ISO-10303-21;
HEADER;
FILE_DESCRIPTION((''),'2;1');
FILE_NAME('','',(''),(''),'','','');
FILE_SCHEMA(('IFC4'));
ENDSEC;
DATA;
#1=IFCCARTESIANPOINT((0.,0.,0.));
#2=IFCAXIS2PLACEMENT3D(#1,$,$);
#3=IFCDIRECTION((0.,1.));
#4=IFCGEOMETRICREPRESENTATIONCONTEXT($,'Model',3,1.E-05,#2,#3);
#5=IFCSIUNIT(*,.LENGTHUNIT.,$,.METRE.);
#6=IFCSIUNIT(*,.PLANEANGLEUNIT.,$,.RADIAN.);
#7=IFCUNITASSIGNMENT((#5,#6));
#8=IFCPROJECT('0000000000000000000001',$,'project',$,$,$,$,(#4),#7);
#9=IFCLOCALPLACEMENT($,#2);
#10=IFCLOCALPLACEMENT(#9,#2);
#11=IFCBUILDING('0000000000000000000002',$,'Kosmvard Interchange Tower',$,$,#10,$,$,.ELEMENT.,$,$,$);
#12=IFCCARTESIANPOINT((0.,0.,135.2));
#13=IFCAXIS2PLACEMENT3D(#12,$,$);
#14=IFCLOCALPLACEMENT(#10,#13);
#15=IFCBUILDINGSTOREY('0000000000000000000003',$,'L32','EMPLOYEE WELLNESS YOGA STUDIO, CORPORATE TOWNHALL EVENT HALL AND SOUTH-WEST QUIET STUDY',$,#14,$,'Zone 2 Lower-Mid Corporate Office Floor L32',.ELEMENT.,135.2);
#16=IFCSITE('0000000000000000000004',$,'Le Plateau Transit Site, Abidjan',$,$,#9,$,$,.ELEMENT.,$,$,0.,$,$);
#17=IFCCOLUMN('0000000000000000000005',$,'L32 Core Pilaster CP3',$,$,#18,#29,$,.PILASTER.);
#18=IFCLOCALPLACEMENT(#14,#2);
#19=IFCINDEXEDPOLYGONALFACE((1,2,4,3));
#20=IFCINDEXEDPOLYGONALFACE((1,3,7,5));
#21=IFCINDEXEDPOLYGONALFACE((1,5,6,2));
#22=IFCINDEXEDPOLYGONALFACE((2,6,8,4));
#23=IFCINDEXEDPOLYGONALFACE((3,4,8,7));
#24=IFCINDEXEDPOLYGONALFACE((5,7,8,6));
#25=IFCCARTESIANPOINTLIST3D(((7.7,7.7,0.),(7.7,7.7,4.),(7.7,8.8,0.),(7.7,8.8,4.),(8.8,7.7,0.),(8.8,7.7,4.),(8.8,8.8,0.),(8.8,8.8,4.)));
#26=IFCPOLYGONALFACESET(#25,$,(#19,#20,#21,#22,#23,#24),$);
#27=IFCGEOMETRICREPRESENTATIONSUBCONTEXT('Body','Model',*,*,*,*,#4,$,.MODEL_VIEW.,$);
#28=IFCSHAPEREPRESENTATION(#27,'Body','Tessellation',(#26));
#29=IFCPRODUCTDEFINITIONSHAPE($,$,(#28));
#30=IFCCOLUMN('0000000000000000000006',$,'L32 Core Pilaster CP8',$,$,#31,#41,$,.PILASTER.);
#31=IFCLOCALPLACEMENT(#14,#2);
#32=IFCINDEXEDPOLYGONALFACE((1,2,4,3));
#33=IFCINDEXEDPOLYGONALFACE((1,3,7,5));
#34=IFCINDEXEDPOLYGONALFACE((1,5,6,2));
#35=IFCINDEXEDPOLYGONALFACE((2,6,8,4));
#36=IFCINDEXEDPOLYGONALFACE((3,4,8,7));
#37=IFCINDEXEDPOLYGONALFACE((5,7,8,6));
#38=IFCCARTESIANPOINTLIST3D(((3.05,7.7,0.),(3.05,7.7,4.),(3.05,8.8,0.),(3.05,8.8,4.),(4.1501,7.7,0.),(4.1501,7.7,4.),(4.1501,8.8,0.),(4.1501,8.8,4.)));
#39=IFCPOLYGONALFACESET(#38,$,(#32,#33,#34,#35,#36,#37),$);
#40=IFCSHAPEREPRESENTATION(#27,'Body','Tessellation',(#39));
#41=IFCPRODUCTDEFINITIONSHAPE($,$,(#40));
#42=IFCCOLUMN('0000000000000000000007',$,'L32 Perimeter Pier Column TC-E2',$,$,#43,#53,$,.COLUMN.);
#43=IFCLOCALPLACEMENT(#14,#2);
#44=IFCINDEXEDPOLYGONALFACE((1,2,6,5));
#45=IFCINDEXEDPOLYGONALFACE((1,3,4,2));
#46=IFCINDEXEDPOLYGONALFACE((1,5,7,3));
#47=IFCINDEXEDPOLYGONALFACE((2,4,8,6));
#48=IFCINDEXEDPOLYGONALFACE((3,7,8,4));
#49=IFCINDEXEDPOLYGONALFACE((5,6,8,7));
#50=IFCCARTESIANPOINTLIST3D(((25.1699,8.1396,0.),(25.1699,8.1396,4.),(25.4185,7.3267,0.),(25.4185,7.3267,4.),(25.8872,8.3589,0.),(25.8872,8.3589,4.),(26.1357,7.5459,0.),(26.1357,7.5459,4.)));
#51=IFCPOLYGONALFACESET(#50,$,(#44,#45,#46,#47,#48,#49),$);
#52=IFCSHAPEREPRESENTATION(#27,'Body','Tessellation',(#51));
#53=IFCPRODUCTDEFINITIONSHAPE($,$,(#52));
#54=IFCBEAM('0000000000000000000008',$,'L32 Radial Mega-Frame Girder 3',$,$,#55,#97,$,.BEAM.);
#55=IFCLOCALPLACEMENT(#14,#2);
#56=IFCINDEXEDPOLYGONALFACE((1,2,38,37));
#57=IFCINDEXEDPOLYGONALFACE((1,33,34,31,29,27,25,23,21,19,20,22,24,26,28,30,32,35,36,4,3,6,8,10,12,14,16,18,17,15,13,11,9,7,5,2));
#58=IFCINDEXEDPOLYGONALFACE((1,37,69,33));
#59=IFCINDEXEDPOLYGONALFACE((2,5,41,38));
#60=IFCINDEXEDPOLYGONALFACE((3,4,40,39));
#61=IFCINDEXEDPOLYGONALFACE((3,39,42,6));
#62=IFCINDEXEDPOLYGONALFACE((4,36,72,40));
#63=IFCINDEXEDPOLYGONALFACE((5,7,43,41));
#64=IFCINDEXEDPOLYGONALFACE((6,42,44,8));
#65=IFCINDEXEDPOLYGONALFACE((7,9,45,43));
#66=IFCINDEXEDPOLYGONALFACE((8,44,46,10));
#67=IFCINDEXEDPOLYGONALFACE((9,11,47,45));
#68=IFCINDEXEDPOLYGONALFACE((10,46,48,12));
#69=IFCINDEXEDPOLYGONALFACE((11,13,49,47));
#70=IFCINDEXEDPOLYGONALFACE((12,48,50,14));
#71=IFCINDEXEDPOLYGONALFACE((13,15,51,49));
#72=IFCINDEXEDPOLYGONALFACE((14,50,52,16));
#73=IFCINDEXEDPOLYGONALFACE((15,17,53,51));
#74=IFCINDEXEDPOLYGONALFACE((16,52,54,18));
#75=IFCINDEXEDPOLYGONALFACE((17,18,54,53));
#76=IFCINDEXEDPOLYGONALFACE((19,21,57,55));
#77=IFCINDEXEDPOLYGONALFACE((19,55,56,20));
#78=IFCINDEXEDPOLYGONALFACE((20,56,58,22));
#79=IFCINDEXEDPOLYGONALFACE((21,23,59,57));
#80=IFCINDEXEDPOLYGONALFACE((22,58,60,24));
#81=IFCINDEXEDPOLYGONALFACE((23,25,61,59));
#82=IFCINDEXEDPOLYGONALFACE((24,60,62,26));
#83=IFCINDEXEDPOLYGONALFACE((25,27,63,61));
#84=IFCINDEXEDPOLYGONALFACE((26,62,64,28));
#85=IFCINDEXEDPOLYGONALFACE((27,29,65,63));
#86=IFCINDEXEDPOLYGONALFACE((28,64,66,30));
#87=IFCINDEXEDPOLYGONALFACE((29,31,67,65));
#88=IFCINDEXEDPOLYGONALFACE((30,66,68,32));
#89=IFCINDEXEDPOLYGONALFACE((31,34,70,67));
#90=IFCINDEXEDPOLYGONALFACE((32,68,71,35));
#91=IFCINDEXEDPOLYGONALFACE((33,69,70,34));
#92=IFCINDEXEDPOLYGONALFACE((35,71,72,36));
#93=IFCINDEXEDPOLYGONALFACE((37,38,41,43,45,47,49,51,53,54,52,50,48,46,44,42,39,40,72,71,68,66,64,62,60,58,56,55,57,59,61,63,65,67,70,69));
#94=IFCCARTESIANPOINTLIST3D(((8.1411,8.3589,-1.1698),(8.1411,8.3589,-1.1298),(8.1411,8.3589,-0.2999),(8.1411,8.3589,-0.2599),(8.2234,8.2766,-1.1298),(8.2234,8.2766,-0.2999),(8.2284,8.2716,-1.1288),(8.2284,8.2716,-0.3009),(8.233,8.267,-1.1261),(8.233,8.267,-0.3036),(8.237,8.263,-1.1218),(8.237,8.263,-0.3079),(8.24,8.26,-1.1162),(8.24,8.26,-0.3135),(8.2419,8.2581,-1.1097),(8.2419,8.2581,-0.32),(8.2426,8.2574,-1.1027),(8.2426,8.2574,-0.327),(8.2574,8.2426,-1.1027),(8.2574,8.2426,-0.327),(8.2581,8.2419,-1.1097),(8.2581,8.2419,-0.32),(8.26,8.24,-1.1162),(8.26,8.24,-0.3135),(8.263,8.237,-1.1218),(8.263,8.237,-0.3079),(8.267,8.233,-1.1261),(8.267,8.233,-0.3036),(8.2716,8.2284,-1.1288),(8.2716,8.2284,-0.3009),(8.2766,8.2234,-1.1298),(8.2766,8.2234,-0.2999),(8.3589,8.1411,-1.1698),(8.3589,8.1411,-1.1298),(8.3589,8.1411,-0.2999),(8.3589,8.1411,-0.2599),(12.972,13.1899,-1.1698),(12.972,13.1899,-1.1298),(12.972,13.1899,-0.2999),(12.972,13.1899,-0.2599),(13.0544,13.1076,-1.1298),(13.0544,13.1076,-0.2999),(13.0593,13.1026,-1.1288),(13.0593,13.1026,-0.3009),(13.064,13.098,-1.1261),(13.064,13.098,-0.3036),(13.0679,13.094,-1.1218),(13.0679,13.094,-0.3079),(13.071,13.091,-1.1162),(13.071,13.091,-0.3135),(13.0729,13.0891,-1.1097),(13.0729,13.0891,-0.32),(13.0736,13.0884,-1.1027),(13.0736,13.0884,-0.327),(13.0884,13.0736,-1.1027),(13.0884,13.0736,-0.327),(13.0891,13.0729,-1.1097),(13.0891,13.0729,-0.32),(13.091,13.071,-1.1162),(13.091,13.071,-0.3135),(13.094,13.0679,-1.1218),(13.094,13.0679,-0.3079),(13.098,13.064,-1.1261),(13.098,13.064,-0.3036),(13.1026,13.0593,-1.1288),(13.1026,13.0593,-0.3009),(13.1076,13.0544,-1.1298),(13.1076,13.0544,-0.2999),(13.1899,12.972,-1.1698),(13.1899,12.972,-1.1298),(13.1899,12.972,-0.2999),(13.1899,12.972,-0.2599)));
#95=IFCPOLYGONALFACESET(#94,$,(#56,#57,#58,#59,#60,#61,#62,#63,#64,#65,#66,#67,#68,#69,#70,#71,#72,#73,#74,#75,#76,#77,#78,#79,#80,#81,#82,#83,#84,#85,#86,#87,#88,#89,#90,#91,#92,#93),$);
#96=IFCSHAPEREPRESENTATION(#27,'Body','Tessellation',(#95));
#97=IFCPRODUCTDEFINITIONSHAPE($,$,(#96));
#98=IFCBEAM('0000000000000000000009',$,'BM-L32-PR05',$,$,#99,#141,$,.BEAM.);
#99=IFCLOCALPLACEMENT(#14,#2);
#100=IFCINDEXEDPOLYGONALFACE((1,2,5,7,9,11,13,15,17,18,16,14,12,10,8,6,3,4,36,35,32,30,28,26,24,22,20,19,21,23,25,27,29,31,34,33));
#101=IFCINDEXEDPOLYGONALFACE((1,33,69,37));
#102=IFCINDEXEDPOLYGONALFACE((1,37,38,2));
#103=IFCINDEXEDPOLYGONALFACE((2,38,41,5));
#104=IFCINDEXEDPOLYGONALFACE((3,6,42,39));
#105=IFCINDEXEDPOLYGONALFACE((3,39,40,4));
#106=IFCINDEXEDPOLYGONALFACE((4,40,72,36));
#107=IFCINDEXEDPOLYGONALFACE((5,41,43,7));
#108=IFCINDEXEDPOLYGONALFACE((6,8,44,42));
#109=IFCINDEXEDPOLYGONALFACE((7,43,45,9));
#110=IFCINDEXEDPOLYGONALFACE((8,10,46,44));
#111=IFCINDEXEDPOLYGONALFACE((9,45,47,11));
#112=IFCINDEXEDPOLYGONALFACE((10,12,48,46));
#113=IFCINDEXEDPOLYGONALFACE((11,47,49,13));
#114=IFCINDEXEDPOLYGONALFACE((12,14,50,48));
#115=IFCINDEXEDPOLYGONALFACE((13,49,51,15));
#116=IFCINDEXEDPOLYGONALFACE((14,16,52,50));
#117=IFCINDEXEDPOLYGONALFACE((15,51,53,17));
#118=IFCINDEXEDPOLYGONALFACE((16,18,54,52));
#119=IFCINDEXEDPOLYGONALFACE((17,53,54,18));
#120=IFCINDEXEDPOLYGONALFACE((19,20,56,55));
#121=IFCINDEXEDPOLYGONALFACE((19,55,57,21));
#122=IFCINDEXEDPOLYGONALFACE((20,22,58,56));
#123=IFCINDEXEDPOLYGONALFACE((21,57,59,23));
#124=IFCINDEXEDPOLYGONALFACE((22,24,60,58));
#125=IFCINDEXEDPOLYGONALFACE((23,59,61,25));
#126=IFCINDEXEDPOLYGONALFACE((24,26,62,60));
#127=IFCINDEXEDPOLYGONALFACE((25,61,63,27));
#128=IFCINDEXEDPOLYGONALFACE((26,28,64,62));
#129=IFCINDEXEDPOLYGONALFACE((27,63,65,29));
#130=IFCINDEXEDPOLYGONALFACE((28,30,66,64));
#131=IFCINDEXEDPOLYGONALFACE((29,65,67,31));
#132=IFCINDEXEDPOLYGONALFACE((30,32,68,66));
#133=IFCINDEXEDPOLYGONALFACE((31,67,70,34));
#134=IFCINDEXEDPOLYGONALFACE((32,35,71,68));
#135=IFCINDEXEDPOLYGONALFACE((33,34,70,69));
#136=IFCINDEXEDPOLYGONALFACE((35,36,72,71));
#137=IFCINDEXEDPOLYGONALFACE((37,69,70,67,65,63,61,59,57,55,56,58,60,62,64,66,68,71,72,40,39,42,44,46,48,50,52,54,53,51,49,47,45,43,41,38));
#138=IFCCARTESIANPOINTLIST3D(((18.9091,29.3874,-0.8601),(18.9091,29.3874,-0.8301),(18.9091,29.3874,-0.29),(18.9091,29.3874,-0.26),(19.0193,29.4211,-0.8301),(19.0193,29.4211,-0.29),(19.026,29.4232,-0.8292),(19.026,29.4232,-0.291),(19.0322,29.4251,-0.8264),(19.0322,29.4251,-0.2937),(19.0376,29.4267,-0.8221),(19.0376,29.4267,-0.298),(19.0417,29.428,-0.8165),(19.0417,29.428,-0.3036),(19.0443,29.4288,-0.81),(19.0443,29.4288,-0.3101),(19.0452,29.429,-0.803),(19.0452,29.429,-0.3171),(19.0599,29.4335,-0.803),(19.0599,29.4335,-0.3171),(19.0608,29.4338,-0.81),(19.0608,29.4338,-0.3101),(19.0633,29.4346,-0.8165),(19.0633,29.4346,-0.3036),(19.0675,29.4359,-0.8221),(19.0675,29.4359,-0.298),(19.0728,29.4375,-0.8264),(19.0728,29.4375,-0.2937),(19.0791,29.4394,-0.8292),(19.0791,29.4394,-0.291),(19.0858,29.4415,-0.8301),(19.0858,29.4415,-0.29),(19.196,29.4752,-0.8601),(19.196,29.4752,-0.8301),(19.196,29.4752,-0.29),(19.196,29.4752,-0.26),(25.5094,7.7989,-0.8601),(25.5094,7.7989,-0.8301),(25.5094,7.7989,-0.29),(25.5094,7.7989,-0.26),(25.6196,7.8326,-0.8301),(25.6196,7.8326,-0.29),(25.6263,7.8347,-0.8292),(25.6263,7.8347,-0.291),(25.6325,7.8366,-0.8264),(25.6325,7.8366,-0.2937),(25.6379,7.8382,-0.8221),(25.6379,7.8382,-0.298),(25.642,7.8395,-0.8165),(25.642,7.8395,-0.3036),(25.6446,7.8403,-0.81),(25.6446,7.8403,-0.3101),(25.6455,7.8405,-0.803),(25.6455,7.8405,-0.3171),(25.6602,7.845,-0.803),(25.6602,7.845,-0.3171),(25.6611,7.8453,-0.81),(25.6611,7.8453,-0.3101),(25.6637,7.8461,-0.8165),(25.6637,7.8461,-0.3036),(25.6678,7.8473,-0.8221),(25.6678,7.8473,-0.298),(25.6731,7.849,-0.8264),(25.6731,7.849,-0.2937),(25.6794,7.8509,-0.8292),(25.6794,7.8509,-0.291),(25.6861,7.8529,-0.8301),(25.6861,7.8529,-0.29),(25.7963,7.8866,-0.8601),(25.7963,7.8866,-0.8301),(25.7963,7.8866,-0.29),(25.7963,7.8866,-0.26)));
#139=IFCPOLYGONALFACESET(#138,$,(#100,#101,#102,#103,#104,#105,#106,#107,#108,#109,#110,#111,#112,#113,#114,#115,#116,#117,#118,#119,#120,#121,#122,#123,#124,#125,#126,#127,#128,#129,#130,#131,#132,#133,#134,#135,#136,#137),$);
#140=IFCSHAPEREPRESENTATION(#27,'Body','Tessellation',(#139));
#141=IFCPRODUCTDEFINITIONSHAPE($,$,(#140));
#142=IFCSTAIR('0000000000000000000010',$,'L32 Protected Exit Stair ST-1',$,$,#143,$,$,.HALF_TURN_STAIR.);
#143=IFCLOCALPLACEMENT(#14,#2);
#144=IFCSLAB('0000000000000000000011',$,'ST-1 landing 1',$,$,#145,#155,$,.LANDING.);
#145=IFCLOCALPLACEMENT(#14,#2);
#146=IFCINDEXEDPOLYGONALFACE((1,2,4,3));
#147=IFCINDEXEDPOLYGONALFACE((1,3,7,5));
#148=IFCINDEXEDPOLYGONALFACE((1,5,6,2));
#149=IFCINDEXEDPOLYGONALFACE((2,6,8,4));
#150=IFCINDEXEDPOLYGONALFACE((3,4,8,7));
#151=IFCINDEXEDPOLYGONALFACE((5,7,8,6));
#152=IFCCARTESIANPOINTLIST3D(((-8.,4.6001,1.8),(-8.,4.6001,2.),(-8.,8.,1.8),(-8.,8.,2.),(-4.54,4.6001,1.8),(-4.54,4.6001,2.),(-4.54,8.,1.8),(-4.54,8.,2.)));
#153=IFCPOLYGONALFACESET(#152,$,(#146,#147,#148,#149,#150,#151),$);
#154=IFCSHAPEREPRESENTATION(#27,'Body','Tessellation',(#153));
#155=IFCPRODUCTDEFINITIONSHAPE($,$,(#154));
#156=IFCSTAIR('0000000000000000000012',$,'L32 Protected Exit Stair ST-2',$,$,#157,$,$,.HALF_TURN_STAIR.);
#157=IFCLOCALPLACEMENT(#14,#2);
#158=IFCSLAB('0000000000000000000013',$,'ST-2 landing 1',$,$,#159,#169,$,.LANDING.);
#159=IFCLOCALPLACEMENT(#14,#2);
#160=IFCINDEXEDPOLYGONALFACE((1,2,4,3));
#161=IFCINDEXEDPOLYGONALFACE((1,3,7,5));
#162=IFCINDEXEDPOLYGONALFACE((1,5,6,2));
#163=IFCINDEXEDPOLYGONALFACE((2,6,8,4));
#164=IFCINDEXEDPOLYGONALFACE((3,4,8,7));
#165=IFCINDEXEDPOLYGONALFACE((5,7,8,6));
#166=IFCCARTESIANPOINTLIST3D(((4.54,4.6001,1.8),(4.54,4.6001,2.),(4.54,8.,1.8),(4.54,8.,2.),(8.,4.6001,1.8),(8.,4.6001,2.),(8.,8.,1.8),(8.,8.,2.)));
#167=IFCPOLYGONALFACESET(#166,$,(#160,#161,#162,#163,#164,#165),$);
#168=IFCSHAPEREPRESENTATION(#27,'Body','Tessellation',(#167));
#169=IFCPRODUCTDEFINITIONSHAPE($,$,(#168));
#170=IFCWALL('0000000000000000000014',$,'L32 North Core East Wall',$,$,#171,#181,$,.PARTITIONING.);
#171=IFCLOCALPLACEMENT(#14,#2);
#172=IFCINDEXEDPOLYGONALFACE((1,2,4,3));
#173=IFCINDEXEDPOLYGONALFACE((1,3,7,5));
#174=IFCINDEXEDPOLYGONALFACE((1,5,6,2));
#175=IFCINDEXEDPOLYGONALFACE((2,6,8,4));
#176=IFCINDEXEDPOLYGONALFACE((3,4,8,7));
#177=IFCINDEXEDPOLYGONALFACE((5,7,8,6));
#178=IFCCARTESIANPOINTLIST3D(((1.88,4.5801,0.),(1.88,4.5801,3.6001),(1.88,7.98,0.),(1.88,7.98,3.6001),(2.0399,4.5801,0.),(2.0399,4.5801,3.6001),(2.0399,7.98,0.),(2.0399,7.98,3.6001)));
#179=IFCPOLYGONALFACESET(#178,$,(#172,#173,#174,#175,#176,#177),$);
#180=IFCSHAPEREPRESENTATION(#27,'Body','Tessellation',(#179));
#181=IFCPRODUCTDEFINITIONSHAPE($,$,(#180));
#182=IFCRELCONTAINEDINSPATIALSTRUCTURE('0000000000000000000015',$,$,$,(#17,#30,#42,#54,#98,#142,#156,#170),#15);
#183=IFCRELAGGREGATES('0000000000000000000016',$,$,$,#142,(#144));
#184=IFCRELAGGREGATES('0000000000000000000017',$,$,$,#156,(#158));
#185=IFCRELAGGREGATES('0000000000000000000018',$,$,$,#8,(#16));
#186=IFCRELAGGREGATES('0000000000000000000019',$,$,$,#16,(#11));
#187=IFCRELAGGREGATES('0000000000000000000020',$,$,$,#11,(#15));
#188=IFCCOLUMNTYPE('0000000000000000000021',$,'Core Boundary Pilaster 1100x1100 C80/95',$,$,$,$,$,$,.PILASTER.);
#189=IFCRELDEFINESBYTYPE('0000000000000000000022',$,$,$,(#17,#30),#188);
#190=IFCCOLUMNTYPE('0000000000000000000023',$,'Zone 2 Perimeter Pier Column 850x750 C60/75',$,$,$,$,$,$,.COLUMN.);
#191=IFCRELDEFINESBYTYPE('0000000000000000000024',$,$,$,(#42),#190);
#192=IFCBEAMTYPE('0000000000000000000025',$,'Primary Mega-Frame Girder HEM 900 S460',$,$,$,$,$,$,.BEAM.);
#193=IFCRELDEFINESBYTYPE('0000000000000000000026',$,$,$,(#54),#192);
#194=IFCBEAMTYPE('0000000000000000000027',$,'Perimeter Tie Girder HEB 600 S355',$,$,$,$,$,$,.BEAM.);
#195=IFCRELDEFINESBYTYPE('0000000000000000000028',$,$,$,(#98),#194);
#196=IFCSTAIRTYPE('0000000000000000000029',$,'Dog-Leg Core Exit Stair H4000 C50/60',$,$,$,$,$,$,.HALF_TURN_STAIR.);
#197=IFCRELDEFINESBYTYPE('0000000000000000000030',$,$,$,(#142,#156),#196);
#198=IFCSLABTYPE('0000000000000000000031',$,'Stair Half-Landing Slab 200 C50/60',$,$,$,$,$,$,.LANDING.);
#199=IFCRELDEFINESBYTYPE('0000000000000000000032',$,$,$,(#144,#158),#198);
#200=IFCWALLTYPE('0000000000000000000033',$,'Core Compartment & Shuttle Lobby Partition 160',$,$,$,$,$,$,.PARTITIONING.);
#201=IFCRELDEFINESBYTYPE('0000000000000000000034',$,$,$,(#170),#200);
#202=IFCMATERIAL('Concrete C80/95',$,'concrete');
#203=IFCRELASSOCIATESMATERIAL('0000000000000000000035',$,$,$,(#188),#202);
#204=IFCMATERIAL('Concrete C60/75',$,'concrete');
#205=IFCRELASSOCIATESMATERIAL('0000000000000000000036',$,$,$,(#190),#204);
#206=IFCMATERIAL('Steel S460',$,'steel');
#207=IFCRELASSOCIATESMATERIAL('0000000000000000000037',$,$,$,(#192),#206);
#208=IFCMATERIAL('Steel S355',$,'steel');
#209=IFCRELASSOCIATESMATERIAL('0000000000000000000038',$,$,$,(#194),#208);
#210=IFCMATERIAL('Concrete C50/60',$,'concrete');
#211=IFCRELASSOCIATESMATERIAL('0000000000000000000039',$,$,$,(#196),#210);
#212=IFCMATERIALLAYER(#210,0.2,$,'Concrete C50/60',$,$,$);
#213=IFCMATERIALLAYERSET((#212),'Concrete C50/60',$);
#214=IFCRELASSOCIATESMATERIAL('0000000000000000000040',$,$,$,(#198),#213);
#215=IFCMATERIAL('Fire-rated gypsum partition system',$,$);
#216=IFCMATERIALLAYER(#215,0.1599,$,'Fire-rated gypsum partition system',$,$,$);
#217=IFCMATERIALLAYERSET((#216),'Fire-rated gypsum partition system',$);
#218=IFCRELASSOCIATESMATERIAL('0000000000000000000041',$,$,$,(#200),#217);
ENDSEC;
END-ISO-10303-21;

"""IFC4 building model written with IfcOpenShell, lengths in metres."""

from ifc_helpers import new_model, si_unit, direction, frame, frame_2d, origin, origin_2d, place, context, subcontext, project, spatial, polyline, rectangle, i_section, outline, extrude, source, transform, mapped, material, layer, layer_set, material_profile, profile_set, type_object, element, aggregate, save


model = new_model("IFC4")

# Units and contexts
model_context = context("Model", 3, precision=1e-05, world=origin(), true_north=direction((0.0, 1.0)))
body_context = subcontext(model_context, "Body", "Model", "MODEL_VIEW")
ifc_project = project(units=[si_unit("LENGTHUNIT", "METRE"), si_unit("PLANEANGLEUNIT", "RADIAN")], contexts=[model_context])

# Site, building, storey
site_placement = place(None, origin())
site = spatial("IfcSite", under=ifc_project, at=site_placement, Name="Le Plateau Transit Site, Abidjan", CompositionType="ELEMENT", RefElevation=0.0)
building_placement = place(site_placement, origin())
building = spatial("IfcBuilding", under=site, at=building_placement, Name="Kosmvard Interchange Tower", CompositionType="ELEMENT")
storey_placement = place(building_placement, frame((0.0, 0.0, 135.2)))
storey = spatial("IfcBuildingStorey", under=building, at=storey_placement, Name="L32", Description="EMPLOYEE WELLNESS YOGA STUDIO, CORPORATE TOWNHALL EVENT HALL AND SOUTH-WEST QUIET STUDY", LongName="Zone 2 Lower-Mid Corporate Office Floor L32", CompositionType="ELEMENT", Elevation=135.2)

# Columns
ifc_material_1 = material(Name="Concrete C80/95", Category="concrete")
ifc_material_profile_1 = material_profile(ifc_material_1, rectangle(XDim=1.1001, YDim=1.1001, at=origin_2d()), Name="CP 1100x1100")
ifc_profile_set_1 = profile_set([ifc_material_profile_1], Name="Concrete C80/95")
column_type_1 = type_object("IfcColumnType", Name="Core Boundary Pilaster 1100x1100 C80/95", PredefinedType="PILASTER", material=ifc_profile_set_1)
shared_shape_1 = source(origin(), body_context, "Body", "SweptSolid", [
    extrude(rectangle(XDim=1.1001, YDim=1.1001, at=origin_2d()), origin(), (0.0, 0.0, 1.0), 4.0),
])
for number, where, z_axis, x_axis, name in (
    (1, (8.25, 8.25, 0.0), (0.0, 0.0, 1.0), (1.0, 0.0, 0.0), "L32 Core Pilaster CP3"),
    (2, (3.6001, 8.25, 0.0), (0.0, 0.0, 1.0), (1.0, 0.0, 0.0), "L32 Core Pilaster CP8"),
):
    element("IfcColumn", number, at=place(storey_placement, frame(where, z_axis=z_axis, x_axis=x_axis)), inside=storey, type_object=column_type_1, Name=name, PredefinedType="PILASTER", context=body_context, shape_type="MappedRepresentation", body=[
        mapped(shared_shape_1, transform((0.0, 0.0, 0.0), scale=1.0)),
    ])
ifc_material_2 = material(Name="Concrete C60/75", Category="concrete")
ifc_material_profile_2 = material_profile(ifc_material_2, rectangle(XDim=0.75, YDim=0.8501, at=origin_2d()), Name="TC 850x750")
ifc_profile_set_2 = profile_set([ifc_material_profile_2], Name="Concrete C60/75")
column_type_2 = type_object("IfcColumnType", Name="Zone 2 Perimeter Pier Column 850x750 C60/75", PredefinedType="COLUMN", material=ifc_profile_set_2)
shared_shape_2 = source(origin(), body_context, "Body", "SweptSolid", [
    extrude(rectangle(XDim=0.75, YDim=0.8501, at=origin_2d()), origin(), (0.0, 0.0, 1.0), 4.0),
])
column_placement = place(storey_placement, frame((25.6528, 7.8428, 0.0), z_axis=(0.0, 0.0, 1.0), x_axis=(0.956305, 0.292372, 0.0)))
element("IfcColumn", 3, at=column_placement, inside=storey, type_object=column_type_2, Name="L32 Perimeter Pier Column TC-E2", PredefinedType="COLUMN", context=body_context, shape_type="MappedRepresentation", body=[
    mapped(shared_shape_2, transform((0.0, 0.0, 0.0), scale=1.0)),
])

# Beams
ifc_material_3 = material(Name="Steel S460", Category="steel")
ifc_material_profile_3 = material_profile(ifc_material_3, i_section(OverallWidth=0.3081, OverallDepth=0.9099, WebThickness=0.021, FlangeThickness=0.04, FilletRadius=0.0271, at=origin_2d()), Name="HEM 900")
ifc_profile_set_3 = profile_set([ifc_material_profile_3], Name="Steel S460")
beam_type_1 = type_object("IfcBeamType", Name="Primary Mega-Frame Girder HEM 900 S460", PredefinedType="BEAM", material=ifc_profile_set_3)
shared_shape_3 = source(origin(), body_context, "Body", "SweptSolid", [
    extrude(i_section(OverallWidth=0.3081, OverallDepth=0.9099, WebThickness=0.021, FlangeThickness=0.04, FilletRadius=0.0271, at=origin_2d()), origin(), (0.0, 0.0, 1.0), 6.832),
])
beam_1_placement = place(storey_placement, frame((8.25, 8.25, -0.7148), z_axis=(0.707107, 0.707107, 0.0), x_axis=(-0.707107, 0.707107, 0.0)))
element("IfcBeam", 4, at=beam_1_placement, inside=storey, type_object=beam_type_1, Name="L32 Radial Mega-Frame Girder 3", PredefinedType="BEAM", context=body_context, shape_type="MappedRepresentation", body=[
    mapped(shared_shape_3, transform((0.0, 0.0, 0.0), scale=1.0)),
])
ifc_material_4 = material(Name="Steel S355", Category="steel")
ifc_material_profile_4 = material_profile(ifc_material_4, i_section(OverallWidth=0.3, OverallDepth=0.6001, WebThickness=0.0154, FlangeThickness=0.03, FilletRadius=0.0271, at=origin_2d()), Name="HEB 600")
ifc_profile_set_4 = profile_set([ifc_material_profile_4], Name="Steel S355")
beam_type_2 = type_object("IfcBeamType", Name="Perimeter Tie Girder HEB 600 S355", PredefinedType="BEAM", material=ifc_profile_set_4)
shared_shape_4 = source(origin(), body_context, "Body", "SweptSolid", [
    extrude(i_section(OverallWidth=0.3, OverallDepth=0.6001, WebThickness=0.0154, FlangeThickness=0.03, FilletRadius=0.0271, at=origin_2d()), origin(), (0.0, 0.0, 1.0), 22.575),
])
beam_2_placement = place(storey_placement, frame((25.6528, 7.8428, -0.5601), z_axis=(-0.292373, 0.956304, 0.0), x_axis=(-0.956304, -0.292373, 0.0)))
element("IfcBeam", 5, at=beam_2_placement, inside=storey, type_object=beam_type_2, Name="BM-L32-PR05", PredefinedType="BEAM", context=body_context, shape_type="MappedRepresentation", body=[
    mapped(shared_shape_4, transform((0.0, 0.0, 0.0), scale=1.0)),
])

# Stairs, slabs
ifc_material_5 = material(Name="Concrete C50/60", Category="concrete")
stair_type = type_object("IfcStairType", Name="Dog-Leg Core Exit Stair H4000 C50/60", PredefinedType="HALF_TURN_STAIR", material=ifc_material_5)
stair_1_placement = place(storey_placement, origin())
stair_1 = element("IfcStair", 6, at=stair_1_placement, inside=storey, type_object=stair_type, Name="L32 Protected Exit Stair ST-1", PredefinedType="HALF_TURN_STAIR")
ifc_layer_1 = layer(ifc_material_5, 0.2, Name="Concrete C50/60")
ifc_layer_set_1 = layer_set([ifc_layer_1], Name="Concrete C50/60")
slab_type = type_object("IfcSlabType", Name="Stair Half-Landing Slab 200 C50/60", PredefinedType="LANDING", material=ifc_layer_set_1)
slab_1_placement = place(storey_placement, frame((0.0, 0.0, 1.8)))
slab_1 = element("IfcSlab", 7, at=slab_1_placement, type_object=slab_type, Name="ST-1 landing 1", PredefinedType="LANDING", context=body_context, shape_type="SweptSolid", body=[
    extrude(outline(polyline([(-4.54, 4.6001), (-4.54, 8.0), (-8.0, 8.0), (-8.0, 4.6001), (-4.54, 4.6001)])), origin(), (0.0, 0.0, 1.0), 0.2),
])
aggregate(stair_1, [slab_1])
stair_2_placement = place(storey_placement, origin())
stair_2 = element("IfcStair", 8, at=stair_2_placement, inside=storey, type_object=stair_type, Name="L32 Protected Exit Stair ST-2", PredefinedType="HALF_TURN_STAIR")
slab_2_placement = place(storey_placement, frame((0.0, 0.0, 1.8)))
slab_2 = element("IfcSlab", 9, at=slab_2_placement, type_object=slab_type, Name="ST-2 landing 1", PredefinedType="LANDING", context=body_context, shape_type="SweptSolid", body=[
    extrude(outline(polyline([(8.0, 4.6001), (8.0, 8.0), (4.54, 8.0), (4.54, 4.6001), (8.0, 4.6001)])), origin(), (0.0, 0.0, 1.0), 0.2),
])

# Wall
ifc_material_6 = material(Name="Fire-rated gypsum partition system")
ifc_layer_2 = layer(ifc_material_6, 0.1599, Name="Fire-rated gypsum partition system")
ifc_layer_set_2 = layer_set([ifc_layer_2], Name="Fire-rated gypsum partition system")
wall_type_1 = type_object("IfcWallType", Name="Core Compartment & Shuttle Lobby Partition 160", PredefinedType="PARTITIONING", material=ifc_layer_set_2)
wall_1_placement = place(storey_placement, frame((1.96, 4.5801, 0.0), z_axis=(0.0, 0.0, 1.0), x_axis=(0.0, 1.0, 0.0)))
element("IfcWall", 10, at=wall_1_placement, inside=storey, type_object=wall_type_1, Name="L32 North Core East Wall", PredefinedType="PARTITIONING", context=body_context, shape_type="SweptSolid", body=[
    extrude(rectangle(XDim=3.3999, YDim=0.1599, at=frame_2d((1.7, 0.0))), origin(), (0.0, 0.0, 1.0), 3.6001),
])

aggregate(stair_2, [slab_2])

save(model, "model.ifc")
